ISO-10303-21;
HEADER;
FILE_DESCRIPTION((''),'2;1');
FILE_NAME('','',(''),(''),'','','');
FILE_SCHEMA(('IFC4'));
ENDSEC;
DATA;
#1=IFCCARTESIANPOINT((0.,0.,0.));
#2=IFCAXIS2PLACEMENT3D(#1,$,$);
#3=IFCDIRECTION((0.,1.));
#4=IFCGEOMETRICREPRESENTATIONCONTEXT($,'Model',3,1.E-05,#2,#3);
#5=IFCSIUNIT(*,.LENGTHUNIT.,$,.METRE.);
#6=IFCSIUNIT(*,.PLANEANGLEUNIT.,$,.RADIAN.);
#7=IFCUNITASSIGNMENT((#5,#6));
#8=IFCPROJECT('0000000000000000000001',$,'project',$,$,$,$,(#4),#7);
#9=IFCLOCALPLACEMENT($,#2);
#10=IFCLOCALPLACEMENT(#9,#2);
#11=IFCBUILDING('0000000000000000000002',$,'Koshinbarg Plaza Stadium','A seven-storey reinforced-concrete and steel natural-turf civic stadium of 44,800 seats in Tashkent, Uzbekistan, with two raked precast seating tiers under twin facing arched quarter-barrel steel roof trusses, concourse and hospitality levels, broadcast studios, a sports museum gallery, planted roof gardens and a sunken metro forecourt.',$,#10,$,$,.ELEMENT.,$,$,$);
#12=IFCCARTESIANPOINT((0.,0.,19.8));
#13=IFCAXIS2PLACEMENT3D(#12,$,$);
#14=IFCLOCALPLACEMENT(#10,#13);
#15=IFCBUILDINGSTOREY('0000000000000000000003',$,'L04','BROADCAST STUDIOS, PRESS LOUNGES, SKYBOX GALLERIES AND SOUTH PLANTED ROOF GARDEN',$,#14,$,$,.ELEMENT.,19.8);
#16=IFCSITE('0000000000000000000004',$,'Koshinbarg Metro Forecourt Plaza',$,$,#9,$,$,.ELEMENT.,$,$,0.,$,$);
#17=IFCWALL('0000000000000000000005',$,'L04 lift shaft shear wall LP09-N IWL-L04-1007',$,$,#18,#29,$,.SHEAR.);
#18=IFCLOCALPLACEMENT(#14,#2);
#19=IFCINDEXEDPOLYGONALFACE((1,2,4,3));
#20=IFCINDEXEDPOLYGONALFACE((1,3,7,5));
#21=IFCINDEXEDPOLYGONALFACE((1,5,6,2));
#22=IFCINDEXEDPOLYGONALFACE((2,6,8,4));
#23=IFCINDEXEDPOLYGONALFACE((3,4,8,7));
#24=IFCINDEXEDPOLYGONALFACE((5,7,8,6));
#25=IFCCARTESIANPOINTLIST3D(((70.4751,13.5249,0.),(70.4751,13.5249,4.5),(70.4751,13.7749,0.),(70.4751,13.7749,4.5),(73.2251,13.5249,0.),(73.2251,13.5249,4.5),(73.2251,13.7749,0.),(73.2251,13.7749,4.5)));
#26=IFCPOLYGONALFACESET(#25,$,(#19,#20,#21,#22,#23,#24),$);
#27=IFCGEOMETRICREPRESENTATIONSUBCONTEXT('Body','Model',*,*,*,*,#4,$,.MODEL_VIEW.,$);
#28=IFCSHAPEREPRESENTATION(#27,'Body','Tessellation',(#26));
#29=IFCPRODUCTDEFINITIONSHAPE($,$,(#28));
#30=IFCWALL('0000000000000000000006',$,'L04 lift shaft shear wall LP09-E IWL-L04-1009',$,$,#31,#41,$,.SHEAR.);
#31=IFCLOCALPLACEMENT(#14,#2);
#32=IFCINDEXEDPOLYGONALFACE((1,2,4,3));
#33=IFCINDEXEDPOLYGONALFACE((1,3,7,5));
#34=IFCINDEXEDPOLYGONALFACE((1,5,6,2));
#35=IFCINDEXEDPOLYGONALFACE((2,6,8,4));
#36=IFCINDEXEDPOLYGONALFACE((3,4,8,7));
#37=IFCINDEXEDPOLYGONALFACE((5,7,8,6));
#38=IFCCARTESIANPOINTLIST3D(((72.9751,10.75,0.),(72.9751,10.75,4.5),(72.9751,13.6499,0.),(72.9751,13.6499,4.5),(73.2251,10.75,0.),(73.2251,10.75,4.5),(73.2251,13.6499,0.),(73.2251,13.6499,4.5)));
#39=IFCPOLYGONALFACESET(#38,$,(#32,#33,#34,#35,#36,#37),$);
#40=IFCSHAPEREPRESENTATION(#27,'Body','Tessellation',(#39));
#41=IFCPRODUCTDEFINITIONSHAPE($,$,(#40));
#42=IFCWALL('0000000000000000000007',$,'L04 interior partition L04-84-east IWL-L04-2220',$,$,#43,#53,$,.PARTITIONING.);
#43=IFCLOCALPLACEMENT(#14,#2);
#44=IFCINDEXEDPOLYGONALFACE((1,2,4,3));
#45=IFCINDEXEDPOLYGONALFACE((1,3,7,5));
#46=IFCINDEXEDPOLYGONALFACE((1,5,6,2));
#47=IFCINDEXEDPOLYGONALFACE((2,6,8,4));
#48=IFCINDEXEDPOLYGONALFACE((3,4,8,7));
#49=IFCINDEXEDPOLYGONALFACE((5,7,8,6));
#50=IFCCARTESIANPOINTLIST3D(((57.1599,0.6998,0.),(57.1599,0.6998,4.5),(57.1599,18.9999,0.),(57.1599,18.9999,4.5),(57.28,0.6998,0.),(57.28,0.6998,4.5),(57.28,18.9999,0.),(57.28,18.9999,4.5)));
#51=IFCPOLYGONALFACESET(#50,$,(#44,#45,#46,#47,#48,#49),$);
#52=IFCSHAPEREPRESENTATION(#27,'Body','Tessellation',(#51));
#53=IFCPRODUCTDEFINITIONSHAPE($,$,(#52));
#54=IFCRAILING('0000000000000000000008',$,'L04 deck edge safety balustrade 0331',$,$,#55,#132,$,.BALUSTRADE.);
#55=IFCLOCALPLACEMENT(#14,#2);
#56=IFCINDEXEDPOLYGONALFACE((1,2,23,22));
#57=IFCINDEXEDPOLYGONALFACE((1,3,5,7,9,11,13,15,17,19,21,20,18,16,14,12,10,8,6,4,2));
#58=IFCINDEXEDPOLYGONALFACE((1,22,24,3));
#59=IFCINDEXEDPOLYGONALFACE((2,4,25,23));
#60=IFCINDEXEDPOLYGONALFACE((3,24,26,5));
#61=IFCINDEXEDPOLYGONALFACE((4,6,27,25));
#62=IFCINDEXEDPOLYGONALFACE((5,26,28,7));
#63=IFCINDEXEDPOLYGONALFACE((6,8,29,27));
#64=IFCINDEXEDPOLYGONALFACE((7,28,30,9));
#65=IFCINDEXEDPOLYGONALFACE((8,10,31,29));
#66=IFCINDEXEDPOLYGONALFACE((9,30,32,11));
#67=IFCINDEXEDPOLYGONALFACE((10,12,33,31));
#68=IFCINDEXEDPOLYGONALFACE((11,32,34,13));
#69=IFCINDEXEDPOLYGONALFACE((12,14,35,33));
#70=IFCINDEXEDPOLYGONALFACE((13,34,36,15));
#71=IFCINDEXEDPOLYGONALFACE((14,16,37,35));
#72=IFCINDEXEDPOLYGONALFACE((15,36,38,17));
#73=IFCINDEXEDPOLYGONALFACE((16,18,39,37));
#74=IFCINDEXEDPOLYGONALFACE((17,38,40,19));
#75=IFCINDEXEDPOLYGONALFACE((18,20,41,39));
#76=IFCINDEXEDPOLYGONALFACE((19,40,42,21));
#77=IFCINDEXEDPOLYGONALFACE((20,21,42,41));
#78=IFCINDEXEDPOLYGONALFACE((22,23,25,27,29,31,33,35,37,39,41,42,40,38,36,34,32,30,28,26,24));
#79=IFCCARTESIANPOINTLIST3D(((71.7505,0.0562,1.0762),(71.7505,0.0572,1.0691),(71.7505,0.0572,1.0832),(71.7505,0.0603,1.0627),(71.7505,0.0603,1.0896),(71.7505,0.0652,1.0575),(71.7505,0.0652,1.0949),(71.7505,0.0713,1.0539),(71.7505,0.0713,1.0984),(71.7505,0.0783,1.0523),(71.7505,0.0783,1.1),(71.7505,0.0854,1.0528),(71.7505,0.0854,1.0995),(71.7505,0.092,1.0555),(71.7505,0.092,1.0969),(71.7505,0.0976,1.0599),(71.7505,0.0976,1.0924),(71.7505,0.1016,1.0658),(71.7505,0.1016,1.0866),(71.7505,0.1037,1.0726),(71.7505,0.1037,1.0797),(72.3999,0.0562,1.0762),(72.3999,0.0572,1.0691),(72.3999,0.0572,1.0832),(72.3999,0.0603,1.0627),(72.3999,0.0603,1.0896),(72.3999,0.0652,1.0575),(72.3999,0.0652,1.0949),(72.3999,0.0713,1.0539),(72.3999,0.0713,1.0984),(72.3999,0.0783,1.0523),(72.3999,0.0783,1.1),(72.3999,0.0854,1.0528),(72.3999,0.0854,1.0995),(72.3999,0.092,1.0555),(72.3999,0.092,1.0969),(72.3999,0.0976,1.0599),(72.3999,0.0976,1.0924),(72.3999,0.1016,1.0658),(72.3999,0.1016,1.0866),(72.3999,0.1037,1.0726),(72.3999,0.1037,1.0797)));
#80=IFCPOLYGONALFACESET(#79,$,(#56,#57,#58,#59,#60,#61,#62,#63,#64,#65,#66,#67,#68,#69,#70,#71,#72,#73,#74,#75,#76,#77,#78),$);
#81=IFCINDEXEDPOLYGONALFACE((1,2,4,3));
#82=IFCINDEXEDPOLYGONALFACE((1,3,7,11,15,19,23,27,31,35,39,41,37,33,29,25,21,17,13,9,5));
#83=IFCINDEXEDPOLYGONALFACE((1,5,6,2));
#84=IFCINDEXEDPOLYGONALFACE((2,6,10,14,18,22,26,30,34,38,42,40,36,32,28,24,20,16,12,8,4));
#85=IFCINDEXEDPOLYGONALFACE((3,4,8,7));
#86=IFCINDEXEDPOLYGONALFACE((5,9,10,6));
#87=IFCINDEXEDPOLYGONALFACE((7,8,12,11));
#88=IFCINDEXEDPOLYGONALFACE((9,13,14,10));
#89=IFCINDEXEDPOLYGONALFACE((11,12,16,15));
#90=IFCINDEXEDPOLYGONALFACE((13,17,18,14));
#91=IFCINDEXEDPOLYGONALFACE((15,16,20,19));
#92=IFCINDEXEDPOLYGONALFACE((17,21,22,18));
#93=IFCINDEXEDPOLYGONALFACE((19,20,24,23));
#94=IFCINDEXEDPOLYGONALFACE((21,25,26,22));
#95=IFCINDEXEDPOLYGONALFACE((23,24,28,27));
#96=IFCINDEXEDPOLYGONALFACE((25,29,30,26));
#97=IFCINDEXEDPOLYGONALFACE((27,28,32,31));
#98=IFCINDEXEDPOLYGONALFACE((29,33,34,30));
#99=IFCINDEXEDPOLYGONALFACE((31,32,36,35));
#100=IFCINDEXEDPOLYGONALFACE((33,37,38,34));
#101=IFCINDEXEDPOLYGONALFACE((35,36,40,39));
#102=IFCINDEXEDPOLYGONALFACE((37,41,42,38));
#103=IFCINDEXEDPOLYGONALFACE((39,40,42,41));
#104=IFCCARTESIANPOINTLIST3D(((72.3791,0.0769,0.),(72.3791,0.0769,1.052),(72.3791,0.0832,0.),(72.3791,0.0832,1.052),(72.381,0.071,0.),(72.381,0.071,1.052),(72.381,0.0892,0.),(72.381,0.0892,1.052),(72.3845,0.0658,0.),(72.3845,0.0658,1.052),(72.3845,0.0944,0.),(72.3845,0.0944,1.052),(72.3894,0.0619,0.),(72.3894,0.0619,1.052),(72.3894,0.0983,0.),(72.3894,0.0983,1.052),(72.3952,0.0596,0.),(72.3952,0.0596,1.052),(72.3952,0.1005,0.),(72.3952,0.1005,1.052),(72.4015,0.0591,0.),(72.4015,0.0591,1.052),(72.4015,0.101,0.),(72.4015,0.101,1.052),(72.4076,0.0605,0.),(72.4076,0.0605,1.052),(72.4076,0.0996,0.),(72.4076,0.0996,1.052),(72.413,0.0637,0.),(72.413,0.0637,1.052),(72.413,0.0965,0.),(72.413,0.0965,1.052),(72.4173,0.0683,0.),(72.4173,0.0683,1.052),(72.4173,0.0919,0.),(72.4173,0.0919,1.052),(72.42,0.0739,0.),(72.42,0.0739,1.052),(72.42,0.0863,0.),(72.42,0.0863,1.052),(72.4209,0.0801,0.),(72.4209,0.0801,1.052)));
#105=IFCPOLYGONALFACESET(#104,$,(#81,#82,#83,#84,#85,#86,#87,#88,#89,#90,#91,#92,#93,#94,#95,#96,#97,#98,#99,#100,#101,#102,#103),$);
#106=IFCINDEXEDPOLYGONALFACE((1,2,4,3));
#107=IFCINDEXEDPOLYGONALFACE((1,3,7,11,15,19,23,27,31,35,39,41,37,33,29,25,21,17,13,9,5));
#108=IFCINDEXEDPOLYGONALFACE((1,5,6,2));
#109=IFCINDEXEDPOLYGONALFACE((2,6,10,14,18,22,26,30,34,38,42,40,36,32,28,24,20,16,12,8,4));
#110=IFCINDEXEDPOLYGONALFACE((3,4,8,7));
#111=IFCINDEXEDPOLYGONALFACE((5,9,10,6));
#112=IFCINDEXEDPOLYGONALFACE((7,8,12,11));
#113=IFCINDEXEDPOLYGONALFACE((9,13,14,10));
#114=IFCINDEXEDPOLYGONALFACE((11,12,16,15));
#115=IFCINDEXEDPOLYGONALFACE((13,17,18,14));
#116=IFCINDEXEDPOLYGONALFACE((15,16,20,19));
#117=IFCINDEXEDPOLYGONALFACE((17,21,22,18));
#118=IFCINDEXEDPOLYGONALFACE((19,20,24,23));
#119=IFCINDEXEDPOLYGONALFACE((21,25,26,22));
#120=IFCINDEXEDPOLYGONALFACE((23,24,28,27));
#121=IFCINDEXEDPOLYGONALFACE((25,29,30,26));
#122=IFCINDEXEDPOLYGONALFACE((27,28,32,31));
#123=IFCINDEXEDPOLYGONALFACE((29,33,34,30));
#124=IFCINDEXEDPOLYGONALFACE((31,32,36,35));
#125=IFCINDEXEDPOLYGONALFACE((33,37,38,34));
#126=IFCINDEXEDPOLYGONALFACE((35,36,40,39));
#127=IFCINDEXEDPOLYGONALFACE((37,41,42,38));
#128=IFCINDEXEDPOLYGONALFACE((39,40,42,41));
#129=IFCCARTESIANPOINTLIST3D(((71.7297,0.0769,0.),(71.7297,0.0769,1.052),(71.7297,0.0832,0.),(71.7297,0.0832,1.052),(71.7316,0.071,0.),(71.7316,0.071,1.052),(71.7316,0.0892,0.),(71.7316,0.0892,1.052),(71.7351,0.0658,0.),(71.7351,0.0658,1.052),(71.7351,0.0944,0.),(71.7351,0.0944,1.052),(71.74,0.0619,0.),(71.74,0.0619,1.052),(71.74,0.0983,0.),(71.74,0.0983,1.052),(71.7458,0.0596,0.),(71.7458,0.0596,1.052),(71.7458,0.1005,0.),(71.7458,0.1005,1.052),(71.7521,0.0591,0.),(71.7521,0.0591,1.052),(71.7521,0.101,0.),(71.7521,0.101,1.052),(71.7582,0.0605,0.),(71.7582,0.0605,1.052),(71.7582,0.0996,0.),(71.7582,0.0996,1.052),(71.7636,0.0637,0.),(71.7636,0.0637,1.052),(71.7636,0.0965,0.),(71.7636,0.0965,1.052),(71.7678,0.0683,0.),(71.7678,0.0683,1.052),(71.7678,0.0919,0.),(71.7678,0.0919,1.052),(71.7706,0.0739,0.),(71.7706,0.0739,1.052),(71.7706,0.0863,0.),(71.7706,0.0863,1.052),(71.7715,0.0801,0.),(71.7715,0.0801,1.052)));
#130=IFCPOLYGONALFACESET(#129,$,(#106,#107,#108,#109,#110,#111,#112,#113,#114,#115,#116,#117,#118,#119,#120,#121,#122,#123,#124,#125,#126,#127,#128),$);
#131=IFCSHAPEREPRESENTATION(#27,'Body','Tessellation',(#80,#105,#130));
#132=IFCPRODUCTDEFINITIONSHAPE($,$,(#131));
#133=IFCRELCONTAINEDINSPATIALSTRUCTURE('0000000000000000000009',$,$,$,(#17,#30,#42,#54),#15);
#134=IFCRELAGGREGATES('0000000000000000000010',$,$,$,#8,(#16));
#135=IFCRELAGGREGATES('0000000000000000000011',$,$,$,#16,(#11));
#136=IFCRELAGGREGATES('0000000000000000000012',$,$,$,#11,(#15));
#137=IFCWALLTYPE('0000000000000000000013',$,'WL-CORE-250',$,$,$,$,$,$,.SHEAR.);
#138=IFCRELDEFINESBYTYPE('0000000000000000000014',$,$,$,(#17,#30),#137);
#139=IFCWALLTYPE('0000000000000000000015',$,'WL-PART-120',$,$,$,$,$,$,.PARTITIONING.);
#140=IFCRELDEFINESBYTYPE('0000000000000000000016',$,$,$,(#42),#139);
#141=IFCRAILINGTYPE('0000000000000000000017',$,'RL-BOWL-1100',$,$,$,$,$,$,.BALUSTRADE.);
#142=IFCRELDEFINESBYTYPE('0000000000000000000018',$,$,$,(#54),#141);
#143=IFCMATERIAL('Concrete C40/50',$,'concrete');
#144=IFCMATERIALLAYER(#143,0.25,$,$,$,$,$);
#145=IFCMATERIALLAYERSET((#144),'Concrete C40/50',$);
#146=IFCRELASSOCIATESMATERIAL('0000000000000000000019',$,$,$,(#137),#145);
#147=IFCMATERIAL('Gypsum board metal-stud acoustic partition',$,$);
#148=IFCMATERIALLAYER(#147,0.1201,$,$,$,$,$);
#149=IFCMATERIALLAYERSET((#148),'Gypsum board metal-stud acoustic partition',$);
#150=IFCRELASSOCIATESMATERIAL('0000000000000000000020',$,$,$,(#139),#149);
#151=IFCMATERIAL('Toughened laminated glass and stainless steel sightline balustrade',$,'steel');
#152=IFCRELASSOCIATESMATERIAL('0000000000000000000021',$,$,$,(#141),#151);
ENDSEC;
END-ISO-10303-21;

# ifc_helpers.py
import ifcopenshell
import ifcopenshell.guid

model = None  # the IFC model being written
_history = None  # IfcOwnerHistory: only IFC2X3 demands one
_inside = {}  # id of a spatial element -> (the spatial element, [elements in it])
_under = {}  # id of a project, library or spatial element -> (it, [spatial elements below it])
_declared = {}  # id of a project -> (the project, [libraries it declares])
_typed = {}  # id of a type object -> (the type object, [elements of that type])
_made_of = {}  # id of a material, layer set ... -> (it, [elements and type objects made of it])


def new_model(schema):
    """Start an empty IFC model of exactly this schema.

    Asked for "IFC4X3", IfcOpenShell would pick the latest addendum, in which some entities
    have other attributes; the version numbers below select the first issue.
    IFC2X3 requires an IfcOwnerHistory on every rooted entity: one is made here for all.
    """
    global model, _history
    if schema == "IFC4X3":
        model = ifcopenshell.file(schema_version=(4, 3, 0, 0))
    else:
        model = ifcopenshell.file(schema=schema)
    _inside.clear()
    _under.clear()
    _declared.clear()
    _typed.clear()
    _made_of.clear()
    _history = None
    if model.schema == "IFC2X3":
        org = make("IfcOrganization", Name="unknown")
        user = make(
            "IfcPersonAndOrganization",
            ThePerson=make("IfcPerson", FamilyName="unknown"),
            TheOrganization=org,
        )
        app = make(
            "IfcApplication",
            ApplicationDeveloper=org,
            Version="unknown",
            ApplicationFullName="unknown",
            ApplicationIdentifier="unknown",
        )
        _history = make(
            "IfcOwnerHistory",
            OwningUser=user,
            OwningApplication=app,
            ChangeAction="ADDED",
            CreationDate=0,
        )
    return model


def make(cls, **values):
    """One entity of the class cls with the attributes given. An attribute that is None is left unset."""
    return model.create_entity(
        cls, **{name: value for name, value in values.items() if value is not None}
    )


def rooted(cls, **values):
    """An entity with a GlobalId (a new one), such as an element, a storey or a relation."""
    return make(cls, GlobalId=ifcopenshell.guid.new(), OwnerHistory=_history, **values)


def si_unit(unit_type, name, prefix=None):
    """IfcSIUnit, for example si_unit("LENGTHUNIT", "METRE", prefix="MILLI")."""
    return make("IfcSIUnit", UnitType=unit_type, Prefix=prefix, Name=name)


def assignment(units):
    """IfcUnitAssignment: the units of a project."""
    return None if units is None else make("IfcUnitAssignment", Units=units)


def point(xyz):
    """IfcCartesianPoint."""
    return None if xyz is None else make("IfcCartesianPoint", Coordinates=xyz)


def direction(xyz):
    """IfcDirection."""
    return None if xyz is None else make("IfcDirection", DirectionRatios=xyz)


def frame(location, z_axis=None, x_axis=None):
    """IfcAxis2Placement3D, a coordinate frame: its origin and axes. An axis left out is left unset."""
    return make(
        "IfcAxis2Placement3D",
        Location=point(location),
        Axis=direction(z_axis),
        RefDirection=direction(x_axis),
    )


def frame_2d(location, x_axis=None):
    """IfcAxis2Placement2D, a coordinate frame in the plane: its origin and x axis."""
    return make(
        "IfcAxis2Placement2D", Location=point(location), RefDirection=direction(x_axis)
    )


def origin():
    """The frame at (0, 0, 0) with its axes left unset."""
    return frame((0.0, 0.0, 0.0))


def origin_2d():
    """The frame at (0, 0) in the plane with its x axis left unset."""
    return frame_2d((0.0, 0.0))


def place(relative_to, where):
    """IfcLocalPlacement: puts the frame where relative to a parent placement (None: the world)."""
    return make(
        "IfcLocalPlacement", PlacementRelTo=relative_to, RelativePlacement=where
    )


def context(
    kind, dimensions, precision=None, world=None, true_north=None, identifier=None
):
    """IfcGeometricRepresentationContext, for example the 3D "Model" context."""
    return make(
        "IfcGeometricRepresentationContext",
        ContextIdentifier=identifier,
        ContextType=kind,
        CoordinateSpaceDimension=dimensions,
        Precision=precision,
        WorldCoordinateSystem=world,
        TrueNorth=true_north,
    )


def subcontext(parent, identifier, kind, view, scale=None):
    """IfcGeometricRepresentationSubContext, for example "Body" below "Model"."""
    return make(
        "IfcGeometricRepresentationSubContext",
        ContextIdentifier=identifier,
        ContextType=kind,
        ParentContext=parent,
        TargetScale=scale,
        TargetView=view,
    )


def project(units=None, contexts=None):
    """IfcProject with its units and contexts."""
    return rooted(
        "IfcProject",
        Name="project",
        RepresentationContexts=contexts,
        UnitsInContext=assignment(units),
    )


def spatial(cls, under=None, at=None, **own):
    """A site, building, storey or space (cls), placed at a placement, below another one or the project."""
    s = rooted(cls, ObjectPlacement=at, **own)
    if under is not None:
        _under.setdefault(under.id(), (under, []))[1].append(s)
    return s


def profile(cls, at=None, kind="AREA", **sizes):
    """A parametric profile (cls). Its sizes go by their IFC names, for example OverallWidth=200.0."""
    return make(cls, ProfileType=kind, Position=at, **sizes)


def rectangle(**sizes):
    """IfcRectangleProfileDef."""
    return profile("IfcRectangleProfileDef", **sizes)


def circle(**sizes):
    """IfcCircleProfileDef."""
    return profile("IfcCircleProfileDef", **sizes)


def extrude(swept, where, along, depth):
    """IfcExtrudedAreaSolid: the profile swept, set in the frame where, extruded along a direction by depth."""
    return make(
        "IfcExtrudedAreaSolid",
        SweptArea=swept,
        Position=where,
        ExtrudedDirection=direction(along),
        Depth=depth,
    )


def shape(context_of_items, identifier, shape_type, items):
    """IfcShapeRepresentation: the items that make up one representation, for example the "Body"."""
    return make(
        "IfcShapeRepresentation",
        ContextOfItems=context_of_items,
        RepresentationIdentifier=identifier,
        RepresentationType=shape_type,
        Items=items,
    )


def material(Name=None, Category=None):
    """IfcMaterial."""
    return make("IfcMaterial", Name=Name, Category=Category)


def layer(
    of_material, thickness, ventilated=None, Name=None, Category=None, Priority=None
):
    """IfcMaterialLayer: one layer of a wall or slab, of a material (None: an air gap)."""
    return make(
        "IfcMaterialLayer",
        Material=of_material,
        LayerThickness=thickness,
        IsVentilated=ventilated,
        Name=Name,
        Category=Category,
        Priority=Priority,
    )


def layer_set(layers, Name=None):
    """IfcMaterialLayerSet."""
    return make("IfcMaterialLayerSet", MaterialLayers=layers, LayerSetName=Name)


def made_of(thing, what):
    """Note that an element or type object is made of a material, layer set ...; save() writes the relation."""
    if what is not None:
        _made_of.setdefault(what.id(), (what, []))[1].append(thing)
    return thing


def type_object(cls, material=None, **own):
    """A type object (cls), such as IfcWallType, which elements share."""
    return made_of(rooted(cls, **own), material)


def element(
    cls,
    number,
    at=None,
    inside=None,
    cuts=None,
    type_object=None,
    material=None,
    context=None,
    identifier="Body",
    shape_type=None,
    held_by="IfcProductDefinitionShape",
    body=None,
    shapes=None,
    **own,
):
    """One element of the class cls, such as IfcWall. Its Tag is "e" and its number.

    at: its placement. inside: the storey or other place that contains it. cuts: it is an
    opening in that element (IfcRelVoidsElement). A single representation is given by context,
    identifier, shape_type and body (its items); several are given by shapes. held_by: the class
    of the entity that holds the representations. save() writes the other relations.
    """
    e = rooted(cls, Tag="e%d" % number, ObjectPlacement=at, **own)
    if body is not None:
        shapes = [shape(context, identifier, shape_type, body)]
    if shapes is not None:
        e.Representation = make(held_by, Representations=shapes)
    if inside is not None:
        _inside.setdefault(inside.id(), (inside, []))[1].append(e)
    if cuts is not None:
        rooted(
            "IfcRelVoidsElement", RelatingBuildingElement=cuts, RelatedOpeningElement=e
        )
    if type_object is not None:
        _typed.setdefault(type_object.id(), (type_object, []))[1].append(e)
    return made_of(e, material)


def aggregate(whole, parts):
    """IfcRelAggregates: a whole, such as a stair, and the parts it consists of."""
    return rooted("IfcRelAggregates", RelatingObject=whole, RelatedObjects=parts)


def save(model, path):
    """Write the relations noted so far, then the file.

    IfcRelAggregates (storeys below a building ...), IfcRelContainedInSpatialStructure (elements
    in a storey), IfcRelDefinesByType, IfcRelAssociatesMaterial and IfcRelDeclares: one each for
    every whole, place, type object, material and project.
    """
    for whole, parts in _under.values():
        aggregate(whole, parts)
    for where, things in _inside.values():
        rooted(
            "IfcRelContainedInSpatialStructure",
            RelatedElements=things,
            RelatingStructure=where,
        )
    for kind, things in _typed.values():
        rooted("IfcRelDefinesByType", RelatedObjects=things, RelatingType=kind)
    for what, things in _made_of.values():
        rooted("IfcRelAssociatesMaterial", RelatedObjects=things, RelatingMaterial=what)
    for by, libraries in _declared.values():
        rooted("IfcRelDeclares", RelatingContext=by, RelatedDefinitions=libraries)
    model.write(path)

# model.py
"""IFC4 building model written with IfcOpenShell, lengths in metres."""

from ifc_helpers import new_model, si_unit, direction, frame, frame_2d, origin, origin_2d, place, context, subcontext, project, spatial, rectangle, circle, extrude, material, layer, layer_set, type_object, element, save


model = new_model("IFC4")

# Units and contexts
model_context = context("Model", 3, precision=1e-05, world=origin(), true_north=direction((0.0, 1.0)))
body_context = subcontext(model_context, "Body", "Model", "MODEL_VIEW")
ifc_project = project(units=[si_unit("LENGTHUNIT", "METRE"), si_unit("PLANEANGLEUNIT", "RADIAN")], contexts=[model_context])

# Site, building, storey
site_placement = place(None, origin())
site = spatial("IfcSite", under=ifc_project, at=site_placement, Name="Koshinbarg Metro Forecourt Plaza", CompositionType="ELEMENT", RefElevation=0.0)
building_placement = place(site_placement, origin())
building = spatial("IfcBuilding", under=site, at=building_placement, Name="Koshinbarg Plaza Stadium", Description="A seven-storey reinforced-concrete and steel natural-turf civic stadium of 44,800 seats in Tashkent, Uzbekistan, with two raked precast seating tiers under twin facing arched quarter-barrel steel roof trusses, concourse and hospitality levels, broadcast studios, a sports museum gallery, planted roof gardens and a sunken metro forecourt.", CompositionType="ELEMENT")
storey_placement = place(building_placement, frame((0.0, 0.0, 19.8)))
storey = spatial("IfcBuildingStorey", under=building, at=storey_placement, Name="L04", Description="BROADCAST STUDIOS, PRESS LOUNGES, SKYBOX GALLERIES AND SOUTH PLANTED ROOF GARDEN", CompositionType="ELEMENT", Elevation=19.8)

# Shared definitions
ifc_material_1 = material(Name="Concrete C40/50", Category="concrete")

# Wall
ifc_layer_1 = layer(ifc_material_1, 0.25)
ifc_layer_set_1 = layer_set([ifc_layer_1], Name="Concrete C40/50")
wall_type_1 = type_object("IfcWallType", Name="WL-CORE-250", PredefinedType="SHEAR", material=ifc_layer_set_1)
for number, where, z_axis, x_axis, name in (
    (1, (73.2251, 13.6499, 0.0), (0.0, 0.0, 1.0), (-1.0, 0.0, 0.0), "L04 lift shaft shear wall LP09-N IWL-L04-1007"),
):
    element("IfcWall", number, at=place(storey_placement, frame(where, z_axis=z_axis, x_axis=x_axis)), inside=storey, type_object=wall_type_1, Name=name, PredefinedType="SHEAR", context=body_context, shape_type="SweptSolid", body=[
        extrude(rectangle(XDim=2.75, YDim=0.25, at=frame_2d((1.375, 0.0))), origin(), (0.0, 0.0, 1.0), 4.5),
    ])

# Walls
wall_1_placement = place(storey_placement, frame((73.1001, 10.75, 0.0), z_axis=(0.0, 0.0, 1.0), x_axis=(0.0, 1.0, 0.0)))
element("IfcWall", 2, at=wall_1_placement, inside=storey, type_object=wall_type_1, Name="L04 lift shaft shear wall LP09-E IWL-L04-1009", PredefinedType="SHEAR", context=body_context, shape_type="SweptSolid", body=[
    extrude(rectangle(XDim=2.8999, YDim=0.25, at=frame_2d((1.45, 0.0))), origin(), (0.0, 0.0, 1.0), 4.5),
])
ifc_material_2 = material(Name="Gypsum board metal-stud acoustic partition")
ifc_layer_2 = layer(ifc_material_2, 0.1201)
ifc_layer_set_2 = layer_set([ifc_layer_2], Name="Gypsum board metal-stud acoustic partition")
wall_type_2 = type_object("IfcWallType", Name="WL-PART-120", PredefinedType="PARTITIONING", material=ifc_layer_set_2)
wall_2_placement = place(storey_placement, frame((57.22, 0.7, 0.0), z_axis=(0.0, 0.0, 1.0), x_axis=(0.0, 1.0, 0.0)))
element("IfcWall", 3, at=wall_2_placement, inside=storey, type_object=wall_type_2, Name="L04 interior partition L04-84-east IWL-L04-2220", PredefinedType="PARTITIONING", context=body_context, shape_type="SweptSolid", body=[
    extrude(rectangle(XDim=18.3, YDim=0.1201, at=frame_2d((9.1499, 0.0))), origin(), (0.0, 0.0, 1.0), 4.5),
])

# Railing
ifc_material_3 = material(Name="Toughened laminated glass and stainless steel sightline balustrade", Category="steel")
railing_type_1 = type_object("IfcRailingType", Name="RL-BOWL-1100", PredefinedType="BALUSTRADE", material=ifc_material_3)
railing_1_placement = place(storey_placement, frame((72.3999, 0.0801, 0.0)))
element("IfcRailing", 4, at=railing_1_placement, inside=storey, type_object=railing_type_1, Name="L04 deck edge safety balustrade 0331", PredefinedType="BALUSTRADE", context=body_context, shape_type="SweptSolid", body=[
    extrude(circle(Radius=0.0239, at=origin_2d()), frame((0.0, 0.0, 1.0762), z_axis=(-1.0, 0.0, 0.0), x_axis=(0.0, -1.0, 0.0)), (0.0, 0.0, 1.0), 0.6494),
    extrude(circle(Radius=0.021, at=origin_2d()), origin(), (0.0, 0.0, 1.0), 1.052),
    extrude(circle(Radius=0.021, at=origin_2d()), frame((-0.6494, 0.0, 0.0)), (0.0, 0.0, 1.0), 1.052),
])

save(model, "model.ifc")
